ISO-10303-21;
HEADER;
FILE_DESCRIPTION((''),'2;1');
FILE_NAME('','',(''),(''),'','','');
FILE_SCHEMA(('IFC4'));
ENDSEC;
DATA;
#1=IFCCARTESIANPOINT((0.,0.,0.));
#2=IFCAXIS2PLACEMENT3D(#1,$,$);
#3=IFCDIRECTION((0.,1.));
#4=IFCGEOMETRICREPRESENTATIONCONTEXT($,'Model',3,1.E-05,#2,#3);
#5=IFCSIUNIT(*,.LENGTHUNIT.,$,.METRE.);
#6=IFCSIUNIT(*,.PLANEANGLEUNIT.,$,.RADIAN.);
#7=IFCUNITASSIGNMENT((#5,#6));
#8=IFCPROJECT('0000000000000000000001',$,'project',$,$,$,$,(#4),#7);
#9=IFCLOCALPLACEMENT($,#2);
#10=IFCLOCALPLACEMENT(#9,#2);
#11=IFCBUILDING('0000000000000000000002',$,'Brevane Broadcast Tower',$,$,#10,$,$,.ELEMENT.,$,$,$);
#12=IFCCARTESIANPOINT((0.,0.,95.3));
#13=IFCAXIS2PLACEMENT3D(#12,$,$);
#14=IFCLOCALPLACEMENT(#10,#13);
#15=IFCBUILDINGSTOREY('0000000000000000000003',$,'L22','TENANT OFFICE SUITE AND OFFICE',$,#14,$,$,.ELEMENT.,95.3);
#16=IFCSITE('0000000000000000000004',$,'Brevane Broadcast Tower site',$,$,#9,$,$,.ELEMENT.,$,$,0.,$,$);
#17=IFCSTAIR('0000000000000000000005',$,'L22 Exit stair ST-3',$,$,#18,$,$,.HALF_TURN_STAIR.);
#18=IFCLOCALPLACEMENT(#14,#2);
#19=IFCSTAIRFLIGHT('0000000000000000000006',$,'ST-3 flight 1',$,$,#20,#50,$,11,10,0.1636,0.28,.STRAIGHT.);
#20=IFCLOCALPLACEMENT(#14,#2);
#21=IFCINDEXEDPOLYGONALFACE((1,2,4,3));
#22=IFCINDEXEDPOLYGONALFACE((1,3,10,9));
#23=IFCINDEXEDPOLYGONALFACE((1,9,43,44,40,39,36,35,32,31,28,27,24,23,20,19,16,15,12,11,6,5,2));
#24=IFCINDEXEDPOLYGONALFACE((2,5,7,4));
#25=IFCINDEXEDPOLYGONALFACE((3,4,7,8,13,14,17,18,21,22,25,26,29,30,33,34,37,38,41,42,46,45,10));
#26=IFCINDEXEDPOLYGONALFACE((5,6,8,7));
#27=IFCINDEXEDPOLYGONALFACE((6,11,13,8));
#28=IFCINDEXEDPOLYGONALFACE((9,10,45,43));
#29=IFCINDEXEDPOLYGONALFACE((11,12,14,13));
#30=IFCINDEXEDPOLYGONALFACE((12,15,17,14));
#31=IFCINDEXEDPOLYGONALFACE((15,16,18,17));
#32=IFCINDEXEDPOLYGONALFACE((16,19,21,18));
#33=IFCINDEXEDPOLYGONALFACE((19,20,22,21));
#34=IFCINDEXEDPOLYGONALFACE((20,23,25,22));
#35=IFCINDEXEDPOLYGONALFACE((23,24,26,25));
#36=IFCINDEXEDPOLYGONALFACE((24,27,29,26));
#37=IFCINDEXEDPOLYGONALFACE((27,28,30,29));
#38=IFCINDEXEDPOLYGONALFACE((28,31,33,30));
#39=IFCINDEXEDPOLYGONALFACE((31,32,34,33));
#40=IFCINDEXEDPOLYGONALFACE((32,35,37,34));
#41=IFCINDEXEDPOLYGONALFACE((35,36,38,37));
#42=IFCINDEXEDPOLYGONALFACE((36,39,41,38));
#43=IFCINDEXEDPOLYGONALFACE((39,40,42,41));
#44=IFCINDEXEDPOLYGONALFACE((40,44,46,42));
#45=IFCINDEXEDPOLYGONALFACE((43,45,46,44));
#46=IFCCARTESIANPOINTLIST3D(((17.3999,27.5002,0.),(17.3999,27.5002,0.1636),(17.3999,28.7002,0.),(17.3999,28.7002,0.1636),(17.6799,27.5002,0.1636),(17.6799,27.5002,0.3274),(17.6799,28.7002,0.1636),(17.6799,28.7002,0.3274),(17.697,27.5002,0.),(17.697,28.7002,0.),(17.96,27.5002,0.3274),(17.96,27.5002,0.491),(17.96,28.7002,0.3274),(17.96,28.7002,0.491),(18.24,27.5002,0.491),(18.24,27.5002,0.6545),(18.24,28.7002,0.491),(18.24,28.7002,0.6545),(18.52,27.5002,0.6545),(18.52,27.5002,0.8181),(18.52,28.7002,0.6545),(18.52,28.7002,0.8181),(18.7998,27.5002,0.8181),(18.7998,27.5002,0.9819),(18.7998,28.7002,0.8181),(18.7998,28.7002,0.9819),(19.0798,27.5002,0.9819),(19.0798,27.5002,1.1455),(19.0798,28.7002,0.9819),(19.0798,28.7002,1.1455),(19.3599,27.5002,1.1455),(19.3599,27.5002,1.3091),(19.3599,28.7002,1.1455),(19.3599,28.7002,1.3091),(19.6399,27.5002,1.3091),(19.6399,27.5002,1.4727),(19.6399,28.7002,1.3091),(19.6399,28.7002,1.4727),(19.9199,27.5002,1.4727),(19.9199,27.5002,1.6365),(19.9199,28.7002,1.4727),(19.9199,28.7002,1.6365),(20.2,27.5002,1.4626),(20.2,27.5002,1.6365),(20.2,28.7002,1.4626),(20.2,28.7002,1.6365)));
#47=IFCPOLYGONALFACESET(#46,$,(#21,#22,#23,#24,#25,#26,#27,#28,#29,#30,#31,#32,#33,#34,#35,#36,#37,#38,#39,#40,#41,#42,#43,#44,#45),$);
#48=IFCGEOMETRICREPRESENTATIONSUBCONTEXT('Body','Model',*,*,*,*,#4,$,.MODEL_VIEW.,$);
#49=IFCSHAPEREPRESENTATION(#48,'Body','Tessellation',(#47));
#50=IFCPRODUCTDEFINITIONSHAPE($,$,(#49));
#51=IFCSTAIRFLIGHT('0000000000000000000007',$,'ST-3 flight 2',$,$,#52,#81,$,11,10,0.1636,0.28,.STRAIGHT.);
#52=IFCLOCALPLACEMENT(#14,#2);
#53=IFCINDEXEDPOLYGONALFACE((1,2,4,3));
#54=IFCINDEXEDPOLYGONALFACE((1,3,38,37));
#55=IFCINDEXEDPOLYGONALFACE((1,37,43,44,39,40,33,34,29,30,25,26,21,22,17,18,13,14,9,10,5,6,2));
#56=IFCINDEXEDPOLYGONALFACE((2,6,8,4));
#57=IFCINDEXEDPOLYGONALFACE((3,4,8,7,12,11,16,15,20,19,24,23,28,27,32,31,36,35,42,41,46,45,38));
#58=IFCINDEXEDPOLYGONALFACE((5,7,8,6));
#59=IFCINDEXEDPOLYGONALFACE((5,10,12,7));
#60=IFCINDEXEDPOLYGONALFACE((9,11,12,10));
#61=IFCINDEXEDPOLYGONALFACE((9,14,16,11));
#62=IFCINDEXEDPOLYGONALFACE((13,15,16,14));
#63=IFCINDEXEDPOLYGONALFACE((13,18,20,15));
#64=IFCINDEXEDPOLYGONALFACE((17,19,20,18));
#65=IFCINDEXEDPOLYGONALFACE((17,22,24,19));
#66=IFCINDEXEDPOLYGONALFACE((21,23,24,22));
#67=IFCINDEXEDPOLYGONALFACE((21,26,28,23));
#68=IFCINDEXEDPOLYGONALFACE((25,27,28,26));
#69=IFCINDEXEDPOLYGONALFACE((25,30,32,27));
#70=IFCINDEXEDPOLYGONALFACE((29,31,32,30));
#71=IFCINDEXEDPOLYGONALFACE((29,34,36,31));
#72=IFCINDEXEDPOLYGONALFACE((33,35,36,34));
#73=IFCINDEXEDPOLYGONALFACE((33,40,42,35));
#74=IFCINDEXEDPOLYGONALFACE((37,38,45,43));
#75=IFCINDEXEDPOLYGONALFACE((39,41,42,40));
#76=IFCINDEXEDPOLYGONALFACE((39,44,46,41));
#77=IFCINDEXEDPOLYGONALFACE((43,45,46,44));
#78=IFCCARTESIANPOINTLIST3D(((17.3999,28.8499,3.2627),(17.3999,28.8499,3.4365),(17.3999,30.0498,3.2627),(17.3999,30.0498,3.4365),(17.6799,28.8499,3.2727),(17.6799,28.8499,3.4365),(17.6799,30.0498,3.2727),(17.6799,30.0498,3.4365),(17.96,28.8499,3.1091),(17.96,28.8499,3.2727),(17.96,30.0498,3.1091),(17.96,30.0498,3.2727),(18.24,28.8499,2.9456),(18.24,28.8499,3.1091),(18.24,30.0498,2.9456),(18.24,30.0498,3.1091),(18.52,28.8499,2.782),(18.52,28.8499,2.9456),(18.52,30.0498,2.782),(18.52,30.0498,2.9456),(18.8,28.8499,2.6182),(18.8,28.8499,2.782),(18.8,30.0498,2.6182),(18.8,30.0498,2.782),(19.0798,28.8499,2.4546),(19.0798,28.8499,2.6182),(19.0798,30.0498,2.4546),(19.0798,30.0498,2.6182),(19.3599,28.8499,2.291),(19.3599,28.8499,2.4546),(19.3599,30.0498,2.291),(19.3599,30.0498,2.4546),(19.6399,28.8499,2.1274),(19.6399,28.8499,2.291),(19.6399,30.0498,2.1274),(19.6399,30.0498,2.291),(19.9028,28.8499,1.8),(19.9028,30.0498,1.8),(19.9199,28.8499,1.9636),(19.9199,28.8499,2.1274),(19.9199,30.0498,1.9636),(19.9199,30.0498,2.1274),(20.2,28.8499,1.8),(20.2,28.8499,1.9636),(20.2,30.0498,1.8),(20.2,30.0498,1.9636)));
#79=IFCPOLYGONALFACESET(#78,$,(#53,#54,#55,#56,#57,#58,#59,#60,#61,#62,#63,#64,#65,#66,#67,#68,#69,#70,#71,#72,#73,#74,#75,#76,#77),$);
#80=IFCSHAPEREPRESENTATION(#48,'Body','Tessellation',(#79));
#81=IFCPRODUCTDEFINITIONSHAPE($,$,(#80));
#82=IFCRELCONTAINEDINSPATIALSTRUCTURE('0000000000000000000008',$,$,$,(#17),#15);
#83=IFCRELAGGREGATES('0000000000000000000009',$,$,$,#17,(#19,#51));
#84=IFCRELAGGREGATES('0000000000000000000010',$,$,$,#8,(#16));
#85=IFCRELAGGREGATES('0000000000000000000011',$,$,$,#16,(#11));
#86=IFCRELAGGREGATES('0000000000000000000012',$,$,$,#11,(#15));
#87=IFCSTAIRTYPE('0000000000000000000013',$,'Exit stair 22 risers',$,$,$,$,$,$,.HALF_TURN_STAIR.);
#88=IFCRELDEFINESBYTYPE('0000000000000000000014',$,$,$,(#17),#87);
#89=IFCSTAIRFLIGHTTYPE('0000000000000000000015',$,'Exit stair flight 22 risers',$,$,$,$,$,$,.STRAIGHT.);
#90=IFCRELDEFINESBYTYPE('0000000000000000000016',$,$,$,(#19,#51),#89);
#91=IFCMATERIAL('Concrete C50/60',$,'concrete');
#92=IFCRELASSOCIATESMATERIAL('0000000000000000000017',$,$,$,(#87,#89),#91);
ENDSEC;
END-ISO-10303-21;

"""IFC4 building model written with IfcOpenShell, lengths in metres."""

from ifc_helpers import new_model, si_unit, direction, frame, origin, place, context, subcontext, project, spatial, polyline, outline, extrude, material, type_object, element, aggregate, save


model = new_model("IFC4")

# Units and contexts
model_context = context("Model", 3, precision=1e-05, world=origin(), true_north=direction((0.0, 1.0)))
body_context = subcontext(model_context, "Body", "Model", "MODEL_VIEW")
ifc_project = project(units=[si_unit("LENGTHUNIT", "METRE"), si_unit("PLANEANGLEUNIT", "RADIAN")], contexts=[model_context])

# Site, building, storey
site_placement = place(None, origin())
site = spatial("IfcSite", under=ifc_project, at=site_placement, Name="Brevane Broadcast Tower site", CompositionType="ELEMENT", RefElevation=0.0)
building_placement = place(site_placement, origin())
building = spatial("IfcBuilding", under=site, at=building_placement, Name="Brevane Broadcast Tower", CompositionType="ELEMENT")
storey_placement = place(building_placement, frame((0.0, 0.0, 95.3)))
storey = spatial("IfcBuildingStorey", under=building, at=storey_placement, Name="L22", Description="TENANT OFFICE SUITE AND OFFICE", CompositionType="ELEMENT", Elevation=95.3)

# Stair, stair flights
ifc_material_1 = material(Name="Concrete C50/60", Category="concrete")
stair_type = type_object("IfcStairType", Name="Exit stair 22 risers", PredefinedType="HALF_TURN_STAIR", material=ifc_material_1)
stair_placement = place(storey_placement, origin())
stair = element("IfcStair", 1, at=stair_placement, inside=storey, type_object=stair_type, Name="L22 Exit stair ST-3", PredefinedType="HALF_TURN_STAIR")
stair_flight_type = type_object("IfcStairFlightType", Name="Exit stair flight 22 risers", PredefinedType="STRAIGHT", material=ifc_material_1)
stair_flight_1_placement = place(storey_placement, frame((17.3999, 28.1001, 0.0), z_axis=(0.0, 0.0, 1.0), x_axis=(1.0, 0.0, 0.0)))
stair_flight_1 = element("IfcStairFlight", 2, at=stair_flight_1_placement, type_object=stair_flight_type, Name="ST-3 flight 1", NumberOfRisers=11, NumberOfTreads=10, PredefinedType="STRAIGHT", RiserHeight=0.1636, TreadLength=0.28, context=body_context, shape_type="SweptSolid", body=[
    extrude(outline(polyline([(0.0, 0.0), (0.0, 0.1636), (0.28, 0.1636), (0.28, 0.3274), (0.5601, 0.3274), (0.5601, 0.491), (0.8401, 0.491), (0.8401, 0.6545), (1.1201, 0.6545), (1.1201, 0.8181), (1.3999, 0.8181), (1.3999, 0.9819), (1.6799, 0.9819), (1.6799, 1.1455), (1.96, 1.1455), (1.96, 1.3091), (2.24, 1.3091), (2.24, 1.4727), (2.52, 1.4727), (2.52, 1.6365), (2.8, 1.6365), (2.8, 1.8), (2.8, 1.4626), (0.2971, 0.0), (0.0, 0.0)])), frame((0.0, 0.6001, 0.0), z_axis=(0.0, -1.0, 0.0), x_axis=(1.0, 0.0, 0.0)), (0.0, 0.0, 1.0), 1.2),
])
stair_flight_2_placement = place(storey_placement, frame((20.2, 29.45, 1.8), z_axis=(0.0, 0.0, 1.0), x_axis=(-1.0, 0.0, 0.0)))
stair_flight_2 = element("IfcStairFlight", 3, at=stair_flight_2_placement, type_object=stair_flight_type, Name="ST-3 flight 2", NumberOfRisers=11, NumberOfTreads=10, PredefinedType="STRAIGHT", RiserHeight=0.1636, TreadLength=0.28, context=body_context, shape_type="SweptSolid", body=[
    extrude(outline(polyline([(0.0, 0.0), (0.0, 0.1636), (0.28, 0.1636), (0.28, 0.3274), (0.5601, 0.3274), (0.5601, 0.491), (0.8401, 0.491), (0.8401, 0.6545), (1.1201, 0.6545), (1.1201, 0.8181), (1.3999, 0.8181), (1.3999, 0.9819), (1.6799, 0.9819), (1.6799, 1.1455), (1.96, 1.1455), (1.96, 1.3091), (2.24, 1.3091), (2.24, 1.4727), (2.52, 1.4727), (2.52, 1.6365), (2.8, 1.6365), (2.8, 1.8), (2.8, 1.4626), (0.2971, 0.0), (0.0, 0.0)])), frame((0.0, 0.6001, 0.0), z_axis=(0.0, -1.0, 0.0), x_axis=(1.0, 0.0, 0.0)), (0.0, 0.0, 1.0), 1.2),
])
aggregate(stair, [stair_flight_1, stair_flight_2])

save(model, "model.ifc")
